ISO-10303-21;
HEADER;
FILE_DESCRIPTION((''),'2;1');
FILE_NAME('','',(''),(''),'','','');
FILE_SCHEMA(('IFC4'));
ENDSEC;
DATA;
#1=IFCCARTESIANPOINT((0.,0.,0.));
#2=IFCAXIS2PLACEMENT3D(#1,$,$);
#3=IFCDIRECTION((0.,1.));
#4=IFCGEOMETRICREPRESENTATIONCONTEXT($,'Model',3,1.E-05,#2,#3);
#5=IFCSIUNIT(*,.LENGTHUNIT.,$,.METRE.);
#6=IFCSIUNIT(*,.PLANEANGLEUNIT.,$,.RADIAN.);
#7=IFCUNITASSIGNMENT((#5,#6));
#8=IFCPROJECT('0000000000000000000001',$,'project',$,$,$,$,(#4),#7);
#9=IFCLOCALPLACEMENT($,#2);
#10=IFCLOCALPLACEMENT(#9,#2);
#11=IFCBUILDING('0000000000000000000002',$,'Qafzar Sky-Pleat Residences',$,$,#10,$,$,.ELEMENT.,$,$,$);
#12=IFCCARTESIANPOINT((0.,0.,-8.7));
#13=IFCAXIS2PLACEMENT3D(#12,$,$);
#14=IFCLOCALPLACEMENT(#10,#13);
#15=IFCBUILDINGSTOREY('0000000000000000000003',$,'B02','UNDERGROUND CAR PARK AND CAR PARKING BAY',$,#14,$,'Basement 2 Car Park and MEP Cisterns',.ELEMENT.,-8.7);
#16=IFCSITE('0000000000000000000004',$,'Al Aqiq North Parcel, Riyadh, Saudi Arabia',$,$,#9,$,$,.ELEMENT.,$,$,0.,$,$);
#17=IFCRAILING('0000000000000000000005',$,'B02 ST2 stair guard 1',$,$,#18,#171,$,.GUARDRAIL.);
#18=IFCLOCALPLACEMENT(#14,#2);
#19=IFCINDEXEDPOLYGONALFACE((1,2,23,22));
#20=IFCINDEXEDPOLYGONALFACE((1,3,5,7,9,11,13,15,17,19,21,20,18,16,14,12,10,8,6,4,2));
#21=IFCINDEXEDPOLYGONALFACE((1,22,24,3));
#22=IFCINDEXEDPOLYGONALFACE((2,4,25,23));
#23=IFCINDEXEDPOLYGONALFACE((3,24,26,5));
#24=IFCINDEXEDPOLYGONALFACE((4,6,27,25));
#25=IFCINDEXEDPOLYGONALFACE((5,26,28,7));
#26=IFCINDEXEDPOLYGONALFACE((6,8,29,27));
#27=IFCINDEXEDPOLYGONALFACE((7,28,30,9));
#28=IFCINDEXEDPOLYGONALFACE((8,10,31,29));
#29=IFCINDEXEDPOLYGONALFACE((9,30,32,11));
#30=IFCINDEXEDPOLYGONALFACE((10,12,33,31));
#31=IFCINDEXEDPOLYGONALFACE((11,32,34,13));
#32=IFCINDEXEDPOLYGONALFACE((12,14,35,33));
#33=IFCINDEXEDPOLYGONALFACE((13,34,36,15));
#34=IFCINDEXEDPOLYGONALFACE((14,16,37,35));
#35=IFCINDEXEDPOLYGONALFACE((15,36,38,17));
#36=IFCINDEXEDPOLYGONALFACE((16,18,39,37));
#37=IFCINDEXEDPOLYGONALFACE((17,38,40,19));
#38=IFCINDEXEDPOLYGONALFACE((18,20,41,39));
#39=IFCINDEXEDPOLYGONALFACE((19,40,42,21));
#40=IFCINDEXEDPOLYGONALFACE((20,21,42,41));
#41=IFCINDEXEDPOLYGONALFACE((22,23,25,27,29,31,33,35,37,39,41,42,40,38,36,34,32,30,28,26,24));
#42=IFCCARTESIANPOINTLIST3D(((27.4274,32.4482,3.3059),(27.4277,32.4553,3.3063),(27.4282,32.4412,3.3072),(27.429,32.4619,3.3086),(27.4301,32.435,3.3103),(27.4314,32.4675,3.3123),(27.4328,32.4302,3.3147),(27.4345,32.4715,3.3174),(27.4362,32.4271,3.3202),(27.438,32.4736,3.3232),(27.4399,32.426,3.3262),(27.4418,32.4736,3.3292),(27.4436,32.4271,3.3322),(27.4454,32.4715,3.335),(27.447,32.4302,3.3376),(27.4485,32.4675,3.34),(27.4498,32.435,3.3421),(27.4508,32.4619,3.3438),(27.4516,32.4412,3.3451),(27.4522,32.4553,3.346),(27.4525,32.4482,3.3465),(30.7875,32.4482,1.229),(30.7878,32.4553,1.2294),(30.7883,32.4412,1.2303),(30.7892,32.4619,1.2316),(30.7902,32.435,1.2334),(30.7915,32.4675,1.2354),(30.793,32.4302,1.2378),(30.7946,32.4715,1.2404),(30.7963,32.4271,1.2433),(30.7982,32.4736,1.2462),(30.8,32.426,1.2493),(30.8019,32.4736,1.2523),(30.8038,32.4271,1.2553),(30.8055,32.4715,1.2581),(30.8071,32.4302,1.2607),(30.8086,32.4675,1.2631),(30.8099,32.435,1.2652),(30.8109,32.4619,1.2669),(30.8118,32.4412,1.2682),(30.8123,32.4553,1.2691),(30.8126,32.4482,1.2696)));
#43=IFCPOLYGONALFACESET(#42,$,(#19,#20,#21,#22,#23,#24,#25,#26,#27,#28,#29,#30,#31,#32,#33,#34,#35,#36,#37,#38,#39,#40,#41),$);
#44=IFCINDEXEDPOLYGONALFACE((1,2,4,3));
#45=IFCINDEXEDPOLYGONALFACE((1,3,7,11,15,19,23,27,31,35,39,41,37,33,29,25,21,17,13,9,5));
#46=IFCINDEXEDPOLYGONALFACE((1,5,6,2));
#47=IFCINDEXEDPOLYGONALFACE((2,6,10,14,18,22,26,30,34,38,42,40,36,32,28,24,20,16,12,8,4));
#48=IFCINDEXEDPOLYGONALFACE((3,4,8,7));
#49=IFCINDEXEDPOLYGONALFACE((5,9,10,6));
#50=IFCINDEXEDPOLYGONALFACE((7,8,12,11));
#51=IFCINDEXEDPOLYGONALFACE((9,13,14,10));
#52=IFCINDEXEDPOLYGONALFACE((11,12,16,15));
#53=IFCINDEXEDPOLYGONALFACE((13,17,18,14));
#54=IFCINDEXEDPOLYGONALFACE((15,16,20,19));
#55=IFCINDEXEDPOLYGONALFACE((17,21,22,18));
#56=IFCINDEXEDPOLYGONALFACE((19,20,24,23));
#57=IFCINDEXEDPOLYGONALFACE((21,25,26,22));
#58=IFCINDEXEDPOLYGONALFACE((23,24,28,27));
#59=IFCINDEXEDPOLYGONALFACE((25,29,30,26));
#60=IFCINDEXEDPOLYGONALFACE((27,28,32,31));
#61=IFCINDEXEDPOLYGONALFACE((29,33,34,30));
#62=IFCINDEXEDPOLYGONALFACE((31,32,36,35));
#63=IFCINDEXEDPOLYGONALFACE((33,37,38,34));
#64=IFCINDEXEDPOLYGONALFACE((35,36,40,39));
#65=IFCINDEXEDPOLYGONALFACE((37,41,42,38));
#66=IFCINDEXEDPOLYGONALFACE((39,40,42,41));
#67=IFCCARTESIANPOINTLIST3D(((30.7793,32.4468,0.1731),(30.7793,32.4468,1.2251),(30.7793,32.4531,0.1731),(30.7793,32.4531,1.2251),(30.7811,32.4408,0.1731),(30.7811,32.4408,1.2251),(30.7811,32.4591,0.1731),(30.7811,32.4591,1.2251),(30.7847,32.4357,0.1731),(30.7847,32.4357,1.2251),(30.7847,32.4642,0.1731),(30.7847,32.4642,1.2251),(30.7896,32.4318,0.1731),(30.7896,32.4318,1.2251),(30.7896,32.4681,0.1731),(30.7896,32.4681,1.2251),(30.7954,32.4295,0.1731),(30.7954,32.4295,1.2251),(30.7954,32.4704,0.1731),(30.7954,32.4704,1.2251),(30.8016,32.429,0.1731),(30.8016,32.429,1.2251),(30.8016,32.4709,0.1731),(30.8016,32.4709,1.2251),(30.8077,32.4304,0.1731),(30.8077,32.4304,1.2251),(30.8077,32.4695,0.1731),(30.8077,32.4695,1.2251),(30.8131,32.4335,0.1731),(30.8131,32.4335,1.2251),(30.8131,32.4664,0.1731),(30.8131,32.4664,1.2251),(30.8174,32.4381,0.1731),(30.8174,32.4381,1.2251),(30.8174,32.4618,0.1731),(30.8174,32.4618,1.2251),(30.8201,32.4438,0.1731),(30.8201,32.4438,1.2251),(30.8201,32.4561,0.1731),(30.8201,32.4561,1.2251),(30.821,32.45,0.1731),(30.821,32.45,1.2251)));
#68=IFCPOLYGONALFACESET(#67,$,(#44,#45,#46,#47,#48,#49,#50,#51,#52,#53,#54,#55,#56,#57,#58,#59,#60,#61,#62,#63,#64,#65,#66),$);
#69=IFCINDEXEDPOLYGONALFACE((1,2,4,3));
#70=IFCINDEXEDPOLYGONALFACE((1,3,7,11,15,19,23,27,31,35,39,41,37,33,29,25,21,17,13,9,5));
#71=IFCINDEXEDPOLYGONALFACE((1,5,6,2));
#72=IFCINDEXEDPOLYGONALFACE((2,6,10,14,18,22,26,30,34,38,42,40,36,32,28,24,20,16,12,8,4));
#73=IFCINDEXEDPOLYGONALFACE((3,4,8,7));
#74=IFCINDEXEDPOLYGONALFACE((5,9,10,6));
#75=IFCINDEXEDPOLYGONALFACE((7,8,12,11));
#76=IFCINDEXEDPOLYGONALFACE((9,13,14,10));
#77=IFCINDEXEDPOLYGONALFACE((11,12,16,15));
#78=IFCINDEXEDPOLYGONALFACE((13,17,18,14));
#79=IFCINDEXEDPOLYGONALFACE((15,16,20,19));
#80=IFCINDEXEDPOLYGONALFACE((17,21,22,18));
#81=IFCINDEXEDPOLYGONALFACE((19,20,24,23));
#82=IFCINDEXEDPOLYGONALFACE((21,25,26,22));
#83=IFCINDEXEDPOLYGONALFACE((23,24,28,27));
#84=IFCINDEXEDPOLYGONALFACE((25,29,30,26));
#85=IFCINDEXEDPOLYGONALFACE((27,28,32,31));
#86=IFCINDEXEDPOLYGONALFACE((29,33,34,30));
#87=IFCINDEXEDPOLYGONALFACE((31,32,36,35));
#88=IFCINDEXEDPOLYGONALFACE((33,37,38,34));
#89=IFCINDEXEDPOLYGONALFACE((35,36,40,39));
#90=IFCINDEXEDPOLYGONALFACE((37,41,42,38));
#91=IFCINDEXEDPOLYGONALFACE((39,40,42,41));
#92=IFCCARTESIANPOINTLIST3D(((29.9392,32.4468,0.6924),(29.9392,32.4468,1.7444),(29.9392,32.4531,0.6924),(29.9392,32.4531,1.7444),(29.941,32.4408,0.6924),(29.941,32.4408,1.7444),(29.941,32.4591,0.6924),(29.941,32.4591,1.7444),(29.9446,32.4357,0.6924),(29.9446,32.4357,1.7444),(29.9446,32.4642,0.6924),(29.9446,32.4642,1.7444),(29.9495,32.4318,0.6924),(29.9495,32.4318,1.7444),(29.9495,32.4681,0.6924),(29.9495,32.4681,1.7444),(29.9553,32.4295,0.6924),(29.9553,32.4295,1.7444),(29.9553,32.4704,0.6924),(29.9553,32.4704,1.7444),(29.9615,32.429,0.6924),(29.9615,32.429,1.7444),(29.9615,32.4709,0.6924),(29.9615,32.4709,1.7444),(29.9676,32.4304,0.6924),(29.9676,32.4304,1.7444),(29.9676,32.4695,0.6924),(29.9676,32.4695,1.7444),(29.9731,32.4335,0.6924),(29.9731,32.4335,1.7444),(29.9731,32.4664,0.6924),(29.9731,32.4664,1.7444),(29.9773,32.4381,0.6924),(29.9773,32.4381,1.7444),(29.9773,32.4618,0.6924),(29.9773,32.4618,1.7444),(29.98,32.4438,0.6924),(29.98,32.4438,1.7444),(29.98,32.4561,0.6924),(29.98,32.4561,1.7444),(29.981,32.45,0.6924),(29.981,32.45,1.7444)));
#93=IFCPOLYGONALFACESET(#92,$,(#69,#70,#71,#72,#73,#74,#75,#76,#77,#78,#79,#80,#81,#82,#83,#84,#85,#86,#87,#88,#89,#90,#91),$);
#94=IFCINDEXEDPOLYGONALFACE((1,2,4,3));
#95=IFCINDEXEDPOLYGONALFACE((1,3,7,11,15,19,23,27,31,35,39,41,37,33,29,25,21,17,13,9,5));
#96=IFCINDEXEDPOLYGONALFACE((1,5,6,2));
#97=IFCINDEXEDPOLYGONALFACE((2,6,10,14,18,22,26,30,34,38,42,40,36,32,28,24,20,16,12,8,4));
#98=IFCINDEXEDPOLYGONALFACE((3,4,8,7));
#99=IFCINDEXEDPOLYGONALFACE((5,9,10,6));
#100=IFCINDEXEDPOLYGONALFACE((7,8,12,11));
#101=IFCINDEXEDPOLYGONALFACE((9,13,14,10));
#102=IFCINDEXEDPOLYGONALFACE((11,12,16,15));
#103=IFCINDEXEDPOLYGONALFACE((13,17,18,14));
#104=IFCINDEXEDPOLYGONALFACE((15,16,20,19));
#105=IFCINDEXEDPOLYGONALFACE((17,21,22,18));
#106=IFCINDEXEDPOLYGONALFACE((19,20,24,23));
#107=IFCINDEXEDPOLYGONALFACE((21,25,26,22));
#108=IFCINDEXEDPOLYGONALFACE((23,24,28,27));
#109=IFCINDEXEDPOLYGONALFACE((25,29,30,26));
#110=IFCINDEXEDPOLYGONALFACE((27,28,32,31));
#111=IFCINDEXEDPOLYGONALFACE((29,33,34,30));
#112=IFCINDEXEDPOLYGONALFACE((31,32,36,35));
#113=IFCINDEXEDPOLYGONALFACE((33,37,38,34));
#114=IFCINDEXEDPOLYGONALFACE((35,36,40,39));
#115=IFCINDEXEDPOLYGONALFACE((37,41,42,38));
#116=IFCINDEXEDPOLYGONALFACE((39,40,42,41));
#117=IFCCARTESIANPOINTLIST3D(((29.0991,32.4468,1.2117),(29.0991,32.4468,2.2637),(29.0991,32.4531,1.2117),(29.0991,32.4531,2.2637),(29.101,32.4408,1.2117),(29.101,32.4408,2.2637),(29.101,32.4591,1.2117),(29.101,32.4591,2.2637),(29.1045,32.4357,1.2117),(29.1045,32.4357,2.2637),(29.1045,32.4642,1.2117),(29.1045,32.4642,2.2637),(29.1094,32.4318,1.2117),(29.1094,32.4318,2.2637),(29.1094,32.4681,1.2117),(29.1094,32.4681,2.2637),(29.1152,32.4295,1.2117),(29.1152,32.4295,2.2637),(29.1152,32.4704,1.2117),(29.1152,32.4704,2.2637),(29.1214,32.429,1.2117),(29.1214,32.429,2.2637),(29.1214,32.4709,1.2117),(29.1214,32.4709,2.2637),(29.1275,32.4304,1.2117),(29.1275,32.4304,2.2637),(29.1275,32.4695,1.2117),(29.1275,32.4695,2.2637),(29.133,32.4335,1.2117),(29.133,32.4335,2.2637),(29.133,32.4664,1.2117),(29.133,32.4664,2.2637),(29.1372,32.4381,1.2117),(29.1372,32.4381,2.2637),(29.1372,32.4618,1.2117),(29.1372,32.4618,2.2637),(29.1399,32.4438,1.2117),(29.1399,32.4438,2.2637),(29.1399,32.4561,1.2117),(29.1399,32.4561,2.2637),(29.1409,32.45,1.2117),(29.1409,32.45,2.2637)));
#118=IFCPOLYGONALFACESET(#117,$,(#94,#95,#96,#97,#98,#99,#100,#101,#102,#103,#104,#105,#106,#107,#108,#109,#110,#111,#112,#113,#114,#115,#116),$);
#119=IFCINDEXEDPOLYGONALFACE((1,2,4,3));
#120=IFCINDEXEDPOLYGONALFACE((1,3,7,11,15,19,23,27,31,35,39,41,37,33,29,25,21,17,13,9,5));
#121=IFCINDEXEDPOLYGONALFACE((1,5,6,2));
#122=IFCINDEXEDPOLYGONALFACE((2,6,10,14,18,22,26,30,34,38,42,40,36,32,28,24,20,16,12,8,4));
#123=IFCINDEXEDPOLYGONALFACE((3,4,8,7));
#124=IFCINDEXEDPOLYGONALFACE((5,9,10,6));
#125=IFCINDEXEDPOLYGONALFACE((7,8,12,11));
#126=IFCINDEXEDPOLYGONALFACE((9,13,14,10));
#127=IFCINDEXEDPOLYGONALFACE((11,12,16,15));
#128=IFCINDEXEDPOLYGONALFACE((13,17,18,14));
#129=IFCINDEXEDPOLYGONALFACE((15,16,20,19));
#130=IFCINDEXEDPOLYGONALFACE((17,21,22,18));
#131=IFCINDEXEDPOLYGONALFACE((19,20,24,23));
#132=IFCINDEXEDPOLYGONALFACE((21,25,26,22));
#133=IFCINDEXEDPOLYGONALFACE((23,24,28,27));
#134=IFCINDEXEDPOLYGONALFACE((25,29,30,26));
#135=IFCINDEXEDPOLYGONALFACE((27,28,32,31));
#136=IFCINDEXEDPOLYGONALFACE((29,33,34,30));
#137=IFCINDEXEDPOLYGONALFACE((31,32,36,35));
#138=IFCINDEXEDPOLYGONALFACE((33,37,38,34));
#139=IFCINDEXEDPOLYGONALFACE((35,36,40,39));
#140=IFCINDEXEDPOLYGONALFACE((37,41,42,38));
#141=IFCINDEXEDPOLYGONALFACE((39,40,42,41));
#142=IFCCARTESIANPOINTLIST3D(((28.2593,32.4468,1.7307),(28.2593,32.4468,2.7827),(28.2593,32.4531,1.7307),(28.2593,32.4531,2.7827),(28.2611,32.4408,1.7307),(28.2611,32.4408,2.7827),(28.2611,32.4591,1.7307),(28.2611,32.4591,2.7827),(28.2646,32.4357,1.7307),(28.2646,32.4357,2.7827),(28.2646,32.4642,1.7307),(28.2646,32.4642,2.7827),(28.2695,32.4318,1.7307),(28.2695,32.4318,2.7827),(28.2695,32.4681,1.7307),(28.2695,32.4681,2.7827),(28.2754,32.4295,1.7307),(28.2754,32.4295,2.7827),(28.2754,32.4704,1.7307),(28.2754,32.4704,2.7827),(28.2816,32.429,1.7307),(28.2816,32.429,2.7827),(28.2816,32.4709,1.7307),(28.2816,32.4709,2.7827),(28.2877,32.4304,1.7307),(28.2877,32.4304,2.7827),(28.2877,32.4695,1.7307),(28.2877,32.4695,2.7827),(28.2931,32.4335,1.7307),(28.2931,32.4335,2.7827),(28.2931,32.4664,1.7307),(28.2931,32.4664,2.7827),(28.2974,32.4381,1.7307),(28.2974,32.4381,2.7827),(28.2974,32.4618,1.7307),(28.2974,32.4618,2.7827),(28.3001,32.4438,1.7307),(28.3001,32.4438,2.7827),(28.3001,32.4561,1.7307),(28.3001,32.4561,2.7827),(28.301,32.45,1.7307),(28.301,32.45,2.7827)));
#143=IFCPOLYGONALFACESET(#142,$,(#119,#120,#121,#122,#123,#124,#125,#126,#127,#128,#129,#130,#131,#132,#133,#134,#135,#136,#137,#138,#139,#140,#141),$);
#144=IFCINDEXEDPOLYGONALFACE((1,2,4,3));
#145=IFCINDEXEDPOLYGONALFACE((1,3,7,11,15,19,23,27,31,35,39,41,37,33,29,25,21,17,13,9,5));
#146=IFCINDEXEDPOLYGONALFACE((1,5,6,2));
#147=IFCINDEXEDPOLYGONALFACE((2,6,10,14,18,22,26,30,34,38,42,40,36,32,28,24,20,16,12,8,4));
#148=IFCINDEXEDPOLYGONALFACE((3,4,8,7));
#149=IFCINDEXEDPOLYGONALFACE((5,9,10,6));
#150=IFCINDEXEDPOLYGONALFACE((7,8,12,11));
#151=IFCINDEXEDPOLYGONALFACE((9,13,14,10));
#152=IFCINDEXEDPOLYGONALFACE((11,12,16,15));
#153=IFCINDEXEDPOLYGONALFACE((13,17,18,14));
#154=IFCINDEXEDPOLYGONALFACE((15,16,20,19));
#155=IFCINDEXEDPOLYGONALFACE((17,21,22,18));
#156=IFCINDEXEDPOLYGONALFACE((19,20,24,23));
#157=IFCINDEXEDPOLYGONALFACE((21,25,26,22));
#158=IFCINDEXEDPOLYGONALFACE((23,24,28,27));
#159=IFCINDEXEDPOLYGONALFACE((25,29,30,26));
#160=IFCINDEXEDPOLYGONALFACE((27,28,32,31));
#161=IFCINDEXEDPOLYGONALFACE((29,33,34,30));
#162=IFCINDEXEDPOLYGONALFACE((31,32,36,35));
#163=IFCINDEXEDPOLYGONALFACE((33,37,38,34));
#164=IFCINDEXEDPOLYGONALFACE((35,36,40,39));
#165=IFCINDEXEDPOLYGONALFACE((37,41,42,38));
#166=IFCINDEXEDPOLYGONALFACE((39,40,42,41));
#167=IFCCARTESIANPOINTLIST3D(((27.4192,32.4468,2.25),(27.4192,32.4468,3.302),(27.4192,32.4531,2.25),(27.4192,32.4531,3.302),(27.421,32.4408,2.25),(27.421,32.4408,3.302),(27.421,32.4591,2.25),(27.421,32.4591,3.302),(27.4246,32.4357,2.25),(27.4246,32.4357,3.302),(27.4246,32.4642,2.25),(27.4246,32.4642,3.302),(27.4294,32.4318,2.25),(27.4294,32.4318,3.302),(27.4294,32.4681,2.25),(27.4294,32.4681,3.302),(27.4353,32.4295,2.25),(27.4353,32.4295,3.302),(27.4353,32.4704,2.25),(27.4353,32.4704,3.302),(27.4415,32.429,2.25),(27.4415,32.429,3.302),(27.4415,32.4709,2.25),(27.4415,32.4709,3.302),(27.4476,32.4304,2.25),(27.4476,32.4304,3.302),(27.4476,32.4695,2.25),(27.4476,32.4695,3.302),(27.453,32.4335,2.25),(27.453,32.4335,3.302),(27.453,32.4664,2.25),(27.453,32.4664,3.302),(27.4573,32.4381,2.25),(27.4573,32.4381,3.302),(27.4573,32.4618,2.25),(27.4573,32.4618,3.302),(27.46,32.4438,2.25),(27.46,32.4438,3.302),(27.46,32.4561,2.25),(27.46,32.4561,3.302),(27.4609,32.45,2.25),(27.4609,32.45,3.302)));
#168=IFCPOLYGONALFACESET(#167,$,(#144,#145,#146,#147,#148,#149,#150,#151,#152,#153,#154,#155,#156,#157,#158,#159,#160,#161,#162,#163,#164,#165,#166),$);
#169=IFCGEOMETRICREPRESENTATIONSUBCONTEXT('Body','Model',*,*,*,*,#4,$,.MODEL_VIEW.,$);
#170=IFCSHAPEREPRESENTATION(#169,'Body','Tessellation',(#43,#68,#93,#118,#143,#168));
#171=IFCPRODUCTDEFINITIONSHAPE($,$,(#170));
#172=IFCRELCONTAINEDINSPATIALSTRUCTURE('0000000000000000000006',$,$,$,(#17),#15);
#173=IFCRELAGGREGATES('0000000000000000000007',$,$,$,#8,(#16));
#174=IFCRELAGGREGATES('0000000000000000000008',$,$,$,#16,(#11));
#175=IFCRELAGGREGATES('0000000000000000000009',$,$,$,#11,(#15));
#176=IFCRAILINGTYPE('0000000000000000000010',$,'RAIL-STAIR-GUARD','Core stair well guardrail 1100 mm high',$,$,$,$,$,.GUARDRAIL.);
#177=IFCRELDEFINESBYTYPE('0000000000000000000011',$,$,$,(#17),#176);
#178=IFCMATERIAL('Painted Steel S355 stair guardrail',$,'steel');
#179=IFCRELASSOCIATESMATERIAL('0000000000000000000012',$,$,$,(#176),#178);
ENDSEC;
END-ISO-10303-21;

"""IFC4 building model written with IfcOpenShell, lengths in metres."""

from ifc_helpers import new_model, si_unit, direction, frame, origin, origin_2d, place, context, subcontext, project, spatial, circle, extrude, source, transform, mapped, material, type_object, element, save


model = new_model("IFC4")

# Units and contexts
model_context = context("Model", 3, precision=1e-05, world=origin(), true_north=direction((0.0, 1.0)))
body_context = subcontext(model_context, "Body", "Model", "MODEL_VIEW")
ifc_project = project(units=[si_unit("LENGTHUNIT", "METRE"), si_unit("PLANEANGLEUNIT", "RADIAN")], contexts=[model_context])

# Site, building, storey
site_placement = place(None, origin())
site = spatial("IfcSite", under=ifc_project, at=site_placement, Name="Al Aqiq North Parcel, Riyadh, Saudi Arabia", CompositionType="ELEMENT", RefElevation=0.0)
building_placement = place(site_placement, origin())
building = spatial("IfcBuilding", under=site, at=building_placement, Name="Qafzar Sky-Pleat Residences", CompositionType="ELEMENT")
storey_placement = place(building_placement, frame((0.0, 0.0, -8.7)))
storey = spatial("IfcBuildingStorey", under=building, at=storey_placement, Name="B02", Description="UNDERGROUND CAR PARK AND CAR PARKING BAY", LongName="Basement 2 Car Park and MEP Cisterns", CompositionType="ELEMENT", Elevation=-8.7)

# Railing
ifc_material_1 = material(Name="Painted Steel S355 stair guardrail", Category="steel")
railing_type_1 = type_object("IfcRailingType", Name="RAIL-STAIR-GUARD", Description="Core stair well guardrail 1100 mm high", PredefinedType="GUARDRAIL", material=ifc_material_1)
shared_shape_1 = source(origin(), body_context, "Body", "SweptSolid", [
    extrude(circle(Radius=0.0239, at=origin_2d()), frame((0.0, 0.0, 1.0762), z_axis=(-0.850623, 0.0, 0.525776), x_axis=(0.0, -1.0, 0.0)), (0.0, 0.0, 1.0), 3.9502),
    extrude(circle(Radius=0.021, at=origin_2d()), origin(), (0.0, 0.0, 1.0), 1.052),
    extrude(circle(Radius=0.021, at=origin_2d()), frame((-0.8401, 0.0, 0.5193)), (0.0, 0.0, 1.0), 1.052),
    extrude(circle(Radius=0.021, at=origin_2d()), frame((-1.6802, 0.0, 1.0386)), (0.0, 0.0, 1.0), 1.052),
    extrude(circle(Radius=0.021, at=origin_2d()), frame((-2.52, 0.0, 1.5576)), (0.0, 0.0, 1.0), 1.052),
    extrude(circle(Radius=0.021, at=origin_2d()), frame((-3.3601, 0.0, 2.0769)), (0.0, 0.0, 1.0), 1.052),
])
railing_1_placement = place(storey_placement, frame((30.8, 32.45, 0.1731)))
element("IfcRailing", 1, at=railing_1_placement, inside=storey, type_object=railing_type_1, Name="B02 ST2 stair guard 1", PredefinedType="GUARDRAIL", context=body_context, shape_type="MappedRepresentation", body=[
    mapped(shared_shape_1, transform((0.0, 0.0, 0.0), x_axis=(1.0, 0.0, 0.0), y_axis=(0.0, 1.0, 0.0), z_axis=(0.0, 0.0, 1.0), scale=1.0)),
])

save(model, "model.ifc")
